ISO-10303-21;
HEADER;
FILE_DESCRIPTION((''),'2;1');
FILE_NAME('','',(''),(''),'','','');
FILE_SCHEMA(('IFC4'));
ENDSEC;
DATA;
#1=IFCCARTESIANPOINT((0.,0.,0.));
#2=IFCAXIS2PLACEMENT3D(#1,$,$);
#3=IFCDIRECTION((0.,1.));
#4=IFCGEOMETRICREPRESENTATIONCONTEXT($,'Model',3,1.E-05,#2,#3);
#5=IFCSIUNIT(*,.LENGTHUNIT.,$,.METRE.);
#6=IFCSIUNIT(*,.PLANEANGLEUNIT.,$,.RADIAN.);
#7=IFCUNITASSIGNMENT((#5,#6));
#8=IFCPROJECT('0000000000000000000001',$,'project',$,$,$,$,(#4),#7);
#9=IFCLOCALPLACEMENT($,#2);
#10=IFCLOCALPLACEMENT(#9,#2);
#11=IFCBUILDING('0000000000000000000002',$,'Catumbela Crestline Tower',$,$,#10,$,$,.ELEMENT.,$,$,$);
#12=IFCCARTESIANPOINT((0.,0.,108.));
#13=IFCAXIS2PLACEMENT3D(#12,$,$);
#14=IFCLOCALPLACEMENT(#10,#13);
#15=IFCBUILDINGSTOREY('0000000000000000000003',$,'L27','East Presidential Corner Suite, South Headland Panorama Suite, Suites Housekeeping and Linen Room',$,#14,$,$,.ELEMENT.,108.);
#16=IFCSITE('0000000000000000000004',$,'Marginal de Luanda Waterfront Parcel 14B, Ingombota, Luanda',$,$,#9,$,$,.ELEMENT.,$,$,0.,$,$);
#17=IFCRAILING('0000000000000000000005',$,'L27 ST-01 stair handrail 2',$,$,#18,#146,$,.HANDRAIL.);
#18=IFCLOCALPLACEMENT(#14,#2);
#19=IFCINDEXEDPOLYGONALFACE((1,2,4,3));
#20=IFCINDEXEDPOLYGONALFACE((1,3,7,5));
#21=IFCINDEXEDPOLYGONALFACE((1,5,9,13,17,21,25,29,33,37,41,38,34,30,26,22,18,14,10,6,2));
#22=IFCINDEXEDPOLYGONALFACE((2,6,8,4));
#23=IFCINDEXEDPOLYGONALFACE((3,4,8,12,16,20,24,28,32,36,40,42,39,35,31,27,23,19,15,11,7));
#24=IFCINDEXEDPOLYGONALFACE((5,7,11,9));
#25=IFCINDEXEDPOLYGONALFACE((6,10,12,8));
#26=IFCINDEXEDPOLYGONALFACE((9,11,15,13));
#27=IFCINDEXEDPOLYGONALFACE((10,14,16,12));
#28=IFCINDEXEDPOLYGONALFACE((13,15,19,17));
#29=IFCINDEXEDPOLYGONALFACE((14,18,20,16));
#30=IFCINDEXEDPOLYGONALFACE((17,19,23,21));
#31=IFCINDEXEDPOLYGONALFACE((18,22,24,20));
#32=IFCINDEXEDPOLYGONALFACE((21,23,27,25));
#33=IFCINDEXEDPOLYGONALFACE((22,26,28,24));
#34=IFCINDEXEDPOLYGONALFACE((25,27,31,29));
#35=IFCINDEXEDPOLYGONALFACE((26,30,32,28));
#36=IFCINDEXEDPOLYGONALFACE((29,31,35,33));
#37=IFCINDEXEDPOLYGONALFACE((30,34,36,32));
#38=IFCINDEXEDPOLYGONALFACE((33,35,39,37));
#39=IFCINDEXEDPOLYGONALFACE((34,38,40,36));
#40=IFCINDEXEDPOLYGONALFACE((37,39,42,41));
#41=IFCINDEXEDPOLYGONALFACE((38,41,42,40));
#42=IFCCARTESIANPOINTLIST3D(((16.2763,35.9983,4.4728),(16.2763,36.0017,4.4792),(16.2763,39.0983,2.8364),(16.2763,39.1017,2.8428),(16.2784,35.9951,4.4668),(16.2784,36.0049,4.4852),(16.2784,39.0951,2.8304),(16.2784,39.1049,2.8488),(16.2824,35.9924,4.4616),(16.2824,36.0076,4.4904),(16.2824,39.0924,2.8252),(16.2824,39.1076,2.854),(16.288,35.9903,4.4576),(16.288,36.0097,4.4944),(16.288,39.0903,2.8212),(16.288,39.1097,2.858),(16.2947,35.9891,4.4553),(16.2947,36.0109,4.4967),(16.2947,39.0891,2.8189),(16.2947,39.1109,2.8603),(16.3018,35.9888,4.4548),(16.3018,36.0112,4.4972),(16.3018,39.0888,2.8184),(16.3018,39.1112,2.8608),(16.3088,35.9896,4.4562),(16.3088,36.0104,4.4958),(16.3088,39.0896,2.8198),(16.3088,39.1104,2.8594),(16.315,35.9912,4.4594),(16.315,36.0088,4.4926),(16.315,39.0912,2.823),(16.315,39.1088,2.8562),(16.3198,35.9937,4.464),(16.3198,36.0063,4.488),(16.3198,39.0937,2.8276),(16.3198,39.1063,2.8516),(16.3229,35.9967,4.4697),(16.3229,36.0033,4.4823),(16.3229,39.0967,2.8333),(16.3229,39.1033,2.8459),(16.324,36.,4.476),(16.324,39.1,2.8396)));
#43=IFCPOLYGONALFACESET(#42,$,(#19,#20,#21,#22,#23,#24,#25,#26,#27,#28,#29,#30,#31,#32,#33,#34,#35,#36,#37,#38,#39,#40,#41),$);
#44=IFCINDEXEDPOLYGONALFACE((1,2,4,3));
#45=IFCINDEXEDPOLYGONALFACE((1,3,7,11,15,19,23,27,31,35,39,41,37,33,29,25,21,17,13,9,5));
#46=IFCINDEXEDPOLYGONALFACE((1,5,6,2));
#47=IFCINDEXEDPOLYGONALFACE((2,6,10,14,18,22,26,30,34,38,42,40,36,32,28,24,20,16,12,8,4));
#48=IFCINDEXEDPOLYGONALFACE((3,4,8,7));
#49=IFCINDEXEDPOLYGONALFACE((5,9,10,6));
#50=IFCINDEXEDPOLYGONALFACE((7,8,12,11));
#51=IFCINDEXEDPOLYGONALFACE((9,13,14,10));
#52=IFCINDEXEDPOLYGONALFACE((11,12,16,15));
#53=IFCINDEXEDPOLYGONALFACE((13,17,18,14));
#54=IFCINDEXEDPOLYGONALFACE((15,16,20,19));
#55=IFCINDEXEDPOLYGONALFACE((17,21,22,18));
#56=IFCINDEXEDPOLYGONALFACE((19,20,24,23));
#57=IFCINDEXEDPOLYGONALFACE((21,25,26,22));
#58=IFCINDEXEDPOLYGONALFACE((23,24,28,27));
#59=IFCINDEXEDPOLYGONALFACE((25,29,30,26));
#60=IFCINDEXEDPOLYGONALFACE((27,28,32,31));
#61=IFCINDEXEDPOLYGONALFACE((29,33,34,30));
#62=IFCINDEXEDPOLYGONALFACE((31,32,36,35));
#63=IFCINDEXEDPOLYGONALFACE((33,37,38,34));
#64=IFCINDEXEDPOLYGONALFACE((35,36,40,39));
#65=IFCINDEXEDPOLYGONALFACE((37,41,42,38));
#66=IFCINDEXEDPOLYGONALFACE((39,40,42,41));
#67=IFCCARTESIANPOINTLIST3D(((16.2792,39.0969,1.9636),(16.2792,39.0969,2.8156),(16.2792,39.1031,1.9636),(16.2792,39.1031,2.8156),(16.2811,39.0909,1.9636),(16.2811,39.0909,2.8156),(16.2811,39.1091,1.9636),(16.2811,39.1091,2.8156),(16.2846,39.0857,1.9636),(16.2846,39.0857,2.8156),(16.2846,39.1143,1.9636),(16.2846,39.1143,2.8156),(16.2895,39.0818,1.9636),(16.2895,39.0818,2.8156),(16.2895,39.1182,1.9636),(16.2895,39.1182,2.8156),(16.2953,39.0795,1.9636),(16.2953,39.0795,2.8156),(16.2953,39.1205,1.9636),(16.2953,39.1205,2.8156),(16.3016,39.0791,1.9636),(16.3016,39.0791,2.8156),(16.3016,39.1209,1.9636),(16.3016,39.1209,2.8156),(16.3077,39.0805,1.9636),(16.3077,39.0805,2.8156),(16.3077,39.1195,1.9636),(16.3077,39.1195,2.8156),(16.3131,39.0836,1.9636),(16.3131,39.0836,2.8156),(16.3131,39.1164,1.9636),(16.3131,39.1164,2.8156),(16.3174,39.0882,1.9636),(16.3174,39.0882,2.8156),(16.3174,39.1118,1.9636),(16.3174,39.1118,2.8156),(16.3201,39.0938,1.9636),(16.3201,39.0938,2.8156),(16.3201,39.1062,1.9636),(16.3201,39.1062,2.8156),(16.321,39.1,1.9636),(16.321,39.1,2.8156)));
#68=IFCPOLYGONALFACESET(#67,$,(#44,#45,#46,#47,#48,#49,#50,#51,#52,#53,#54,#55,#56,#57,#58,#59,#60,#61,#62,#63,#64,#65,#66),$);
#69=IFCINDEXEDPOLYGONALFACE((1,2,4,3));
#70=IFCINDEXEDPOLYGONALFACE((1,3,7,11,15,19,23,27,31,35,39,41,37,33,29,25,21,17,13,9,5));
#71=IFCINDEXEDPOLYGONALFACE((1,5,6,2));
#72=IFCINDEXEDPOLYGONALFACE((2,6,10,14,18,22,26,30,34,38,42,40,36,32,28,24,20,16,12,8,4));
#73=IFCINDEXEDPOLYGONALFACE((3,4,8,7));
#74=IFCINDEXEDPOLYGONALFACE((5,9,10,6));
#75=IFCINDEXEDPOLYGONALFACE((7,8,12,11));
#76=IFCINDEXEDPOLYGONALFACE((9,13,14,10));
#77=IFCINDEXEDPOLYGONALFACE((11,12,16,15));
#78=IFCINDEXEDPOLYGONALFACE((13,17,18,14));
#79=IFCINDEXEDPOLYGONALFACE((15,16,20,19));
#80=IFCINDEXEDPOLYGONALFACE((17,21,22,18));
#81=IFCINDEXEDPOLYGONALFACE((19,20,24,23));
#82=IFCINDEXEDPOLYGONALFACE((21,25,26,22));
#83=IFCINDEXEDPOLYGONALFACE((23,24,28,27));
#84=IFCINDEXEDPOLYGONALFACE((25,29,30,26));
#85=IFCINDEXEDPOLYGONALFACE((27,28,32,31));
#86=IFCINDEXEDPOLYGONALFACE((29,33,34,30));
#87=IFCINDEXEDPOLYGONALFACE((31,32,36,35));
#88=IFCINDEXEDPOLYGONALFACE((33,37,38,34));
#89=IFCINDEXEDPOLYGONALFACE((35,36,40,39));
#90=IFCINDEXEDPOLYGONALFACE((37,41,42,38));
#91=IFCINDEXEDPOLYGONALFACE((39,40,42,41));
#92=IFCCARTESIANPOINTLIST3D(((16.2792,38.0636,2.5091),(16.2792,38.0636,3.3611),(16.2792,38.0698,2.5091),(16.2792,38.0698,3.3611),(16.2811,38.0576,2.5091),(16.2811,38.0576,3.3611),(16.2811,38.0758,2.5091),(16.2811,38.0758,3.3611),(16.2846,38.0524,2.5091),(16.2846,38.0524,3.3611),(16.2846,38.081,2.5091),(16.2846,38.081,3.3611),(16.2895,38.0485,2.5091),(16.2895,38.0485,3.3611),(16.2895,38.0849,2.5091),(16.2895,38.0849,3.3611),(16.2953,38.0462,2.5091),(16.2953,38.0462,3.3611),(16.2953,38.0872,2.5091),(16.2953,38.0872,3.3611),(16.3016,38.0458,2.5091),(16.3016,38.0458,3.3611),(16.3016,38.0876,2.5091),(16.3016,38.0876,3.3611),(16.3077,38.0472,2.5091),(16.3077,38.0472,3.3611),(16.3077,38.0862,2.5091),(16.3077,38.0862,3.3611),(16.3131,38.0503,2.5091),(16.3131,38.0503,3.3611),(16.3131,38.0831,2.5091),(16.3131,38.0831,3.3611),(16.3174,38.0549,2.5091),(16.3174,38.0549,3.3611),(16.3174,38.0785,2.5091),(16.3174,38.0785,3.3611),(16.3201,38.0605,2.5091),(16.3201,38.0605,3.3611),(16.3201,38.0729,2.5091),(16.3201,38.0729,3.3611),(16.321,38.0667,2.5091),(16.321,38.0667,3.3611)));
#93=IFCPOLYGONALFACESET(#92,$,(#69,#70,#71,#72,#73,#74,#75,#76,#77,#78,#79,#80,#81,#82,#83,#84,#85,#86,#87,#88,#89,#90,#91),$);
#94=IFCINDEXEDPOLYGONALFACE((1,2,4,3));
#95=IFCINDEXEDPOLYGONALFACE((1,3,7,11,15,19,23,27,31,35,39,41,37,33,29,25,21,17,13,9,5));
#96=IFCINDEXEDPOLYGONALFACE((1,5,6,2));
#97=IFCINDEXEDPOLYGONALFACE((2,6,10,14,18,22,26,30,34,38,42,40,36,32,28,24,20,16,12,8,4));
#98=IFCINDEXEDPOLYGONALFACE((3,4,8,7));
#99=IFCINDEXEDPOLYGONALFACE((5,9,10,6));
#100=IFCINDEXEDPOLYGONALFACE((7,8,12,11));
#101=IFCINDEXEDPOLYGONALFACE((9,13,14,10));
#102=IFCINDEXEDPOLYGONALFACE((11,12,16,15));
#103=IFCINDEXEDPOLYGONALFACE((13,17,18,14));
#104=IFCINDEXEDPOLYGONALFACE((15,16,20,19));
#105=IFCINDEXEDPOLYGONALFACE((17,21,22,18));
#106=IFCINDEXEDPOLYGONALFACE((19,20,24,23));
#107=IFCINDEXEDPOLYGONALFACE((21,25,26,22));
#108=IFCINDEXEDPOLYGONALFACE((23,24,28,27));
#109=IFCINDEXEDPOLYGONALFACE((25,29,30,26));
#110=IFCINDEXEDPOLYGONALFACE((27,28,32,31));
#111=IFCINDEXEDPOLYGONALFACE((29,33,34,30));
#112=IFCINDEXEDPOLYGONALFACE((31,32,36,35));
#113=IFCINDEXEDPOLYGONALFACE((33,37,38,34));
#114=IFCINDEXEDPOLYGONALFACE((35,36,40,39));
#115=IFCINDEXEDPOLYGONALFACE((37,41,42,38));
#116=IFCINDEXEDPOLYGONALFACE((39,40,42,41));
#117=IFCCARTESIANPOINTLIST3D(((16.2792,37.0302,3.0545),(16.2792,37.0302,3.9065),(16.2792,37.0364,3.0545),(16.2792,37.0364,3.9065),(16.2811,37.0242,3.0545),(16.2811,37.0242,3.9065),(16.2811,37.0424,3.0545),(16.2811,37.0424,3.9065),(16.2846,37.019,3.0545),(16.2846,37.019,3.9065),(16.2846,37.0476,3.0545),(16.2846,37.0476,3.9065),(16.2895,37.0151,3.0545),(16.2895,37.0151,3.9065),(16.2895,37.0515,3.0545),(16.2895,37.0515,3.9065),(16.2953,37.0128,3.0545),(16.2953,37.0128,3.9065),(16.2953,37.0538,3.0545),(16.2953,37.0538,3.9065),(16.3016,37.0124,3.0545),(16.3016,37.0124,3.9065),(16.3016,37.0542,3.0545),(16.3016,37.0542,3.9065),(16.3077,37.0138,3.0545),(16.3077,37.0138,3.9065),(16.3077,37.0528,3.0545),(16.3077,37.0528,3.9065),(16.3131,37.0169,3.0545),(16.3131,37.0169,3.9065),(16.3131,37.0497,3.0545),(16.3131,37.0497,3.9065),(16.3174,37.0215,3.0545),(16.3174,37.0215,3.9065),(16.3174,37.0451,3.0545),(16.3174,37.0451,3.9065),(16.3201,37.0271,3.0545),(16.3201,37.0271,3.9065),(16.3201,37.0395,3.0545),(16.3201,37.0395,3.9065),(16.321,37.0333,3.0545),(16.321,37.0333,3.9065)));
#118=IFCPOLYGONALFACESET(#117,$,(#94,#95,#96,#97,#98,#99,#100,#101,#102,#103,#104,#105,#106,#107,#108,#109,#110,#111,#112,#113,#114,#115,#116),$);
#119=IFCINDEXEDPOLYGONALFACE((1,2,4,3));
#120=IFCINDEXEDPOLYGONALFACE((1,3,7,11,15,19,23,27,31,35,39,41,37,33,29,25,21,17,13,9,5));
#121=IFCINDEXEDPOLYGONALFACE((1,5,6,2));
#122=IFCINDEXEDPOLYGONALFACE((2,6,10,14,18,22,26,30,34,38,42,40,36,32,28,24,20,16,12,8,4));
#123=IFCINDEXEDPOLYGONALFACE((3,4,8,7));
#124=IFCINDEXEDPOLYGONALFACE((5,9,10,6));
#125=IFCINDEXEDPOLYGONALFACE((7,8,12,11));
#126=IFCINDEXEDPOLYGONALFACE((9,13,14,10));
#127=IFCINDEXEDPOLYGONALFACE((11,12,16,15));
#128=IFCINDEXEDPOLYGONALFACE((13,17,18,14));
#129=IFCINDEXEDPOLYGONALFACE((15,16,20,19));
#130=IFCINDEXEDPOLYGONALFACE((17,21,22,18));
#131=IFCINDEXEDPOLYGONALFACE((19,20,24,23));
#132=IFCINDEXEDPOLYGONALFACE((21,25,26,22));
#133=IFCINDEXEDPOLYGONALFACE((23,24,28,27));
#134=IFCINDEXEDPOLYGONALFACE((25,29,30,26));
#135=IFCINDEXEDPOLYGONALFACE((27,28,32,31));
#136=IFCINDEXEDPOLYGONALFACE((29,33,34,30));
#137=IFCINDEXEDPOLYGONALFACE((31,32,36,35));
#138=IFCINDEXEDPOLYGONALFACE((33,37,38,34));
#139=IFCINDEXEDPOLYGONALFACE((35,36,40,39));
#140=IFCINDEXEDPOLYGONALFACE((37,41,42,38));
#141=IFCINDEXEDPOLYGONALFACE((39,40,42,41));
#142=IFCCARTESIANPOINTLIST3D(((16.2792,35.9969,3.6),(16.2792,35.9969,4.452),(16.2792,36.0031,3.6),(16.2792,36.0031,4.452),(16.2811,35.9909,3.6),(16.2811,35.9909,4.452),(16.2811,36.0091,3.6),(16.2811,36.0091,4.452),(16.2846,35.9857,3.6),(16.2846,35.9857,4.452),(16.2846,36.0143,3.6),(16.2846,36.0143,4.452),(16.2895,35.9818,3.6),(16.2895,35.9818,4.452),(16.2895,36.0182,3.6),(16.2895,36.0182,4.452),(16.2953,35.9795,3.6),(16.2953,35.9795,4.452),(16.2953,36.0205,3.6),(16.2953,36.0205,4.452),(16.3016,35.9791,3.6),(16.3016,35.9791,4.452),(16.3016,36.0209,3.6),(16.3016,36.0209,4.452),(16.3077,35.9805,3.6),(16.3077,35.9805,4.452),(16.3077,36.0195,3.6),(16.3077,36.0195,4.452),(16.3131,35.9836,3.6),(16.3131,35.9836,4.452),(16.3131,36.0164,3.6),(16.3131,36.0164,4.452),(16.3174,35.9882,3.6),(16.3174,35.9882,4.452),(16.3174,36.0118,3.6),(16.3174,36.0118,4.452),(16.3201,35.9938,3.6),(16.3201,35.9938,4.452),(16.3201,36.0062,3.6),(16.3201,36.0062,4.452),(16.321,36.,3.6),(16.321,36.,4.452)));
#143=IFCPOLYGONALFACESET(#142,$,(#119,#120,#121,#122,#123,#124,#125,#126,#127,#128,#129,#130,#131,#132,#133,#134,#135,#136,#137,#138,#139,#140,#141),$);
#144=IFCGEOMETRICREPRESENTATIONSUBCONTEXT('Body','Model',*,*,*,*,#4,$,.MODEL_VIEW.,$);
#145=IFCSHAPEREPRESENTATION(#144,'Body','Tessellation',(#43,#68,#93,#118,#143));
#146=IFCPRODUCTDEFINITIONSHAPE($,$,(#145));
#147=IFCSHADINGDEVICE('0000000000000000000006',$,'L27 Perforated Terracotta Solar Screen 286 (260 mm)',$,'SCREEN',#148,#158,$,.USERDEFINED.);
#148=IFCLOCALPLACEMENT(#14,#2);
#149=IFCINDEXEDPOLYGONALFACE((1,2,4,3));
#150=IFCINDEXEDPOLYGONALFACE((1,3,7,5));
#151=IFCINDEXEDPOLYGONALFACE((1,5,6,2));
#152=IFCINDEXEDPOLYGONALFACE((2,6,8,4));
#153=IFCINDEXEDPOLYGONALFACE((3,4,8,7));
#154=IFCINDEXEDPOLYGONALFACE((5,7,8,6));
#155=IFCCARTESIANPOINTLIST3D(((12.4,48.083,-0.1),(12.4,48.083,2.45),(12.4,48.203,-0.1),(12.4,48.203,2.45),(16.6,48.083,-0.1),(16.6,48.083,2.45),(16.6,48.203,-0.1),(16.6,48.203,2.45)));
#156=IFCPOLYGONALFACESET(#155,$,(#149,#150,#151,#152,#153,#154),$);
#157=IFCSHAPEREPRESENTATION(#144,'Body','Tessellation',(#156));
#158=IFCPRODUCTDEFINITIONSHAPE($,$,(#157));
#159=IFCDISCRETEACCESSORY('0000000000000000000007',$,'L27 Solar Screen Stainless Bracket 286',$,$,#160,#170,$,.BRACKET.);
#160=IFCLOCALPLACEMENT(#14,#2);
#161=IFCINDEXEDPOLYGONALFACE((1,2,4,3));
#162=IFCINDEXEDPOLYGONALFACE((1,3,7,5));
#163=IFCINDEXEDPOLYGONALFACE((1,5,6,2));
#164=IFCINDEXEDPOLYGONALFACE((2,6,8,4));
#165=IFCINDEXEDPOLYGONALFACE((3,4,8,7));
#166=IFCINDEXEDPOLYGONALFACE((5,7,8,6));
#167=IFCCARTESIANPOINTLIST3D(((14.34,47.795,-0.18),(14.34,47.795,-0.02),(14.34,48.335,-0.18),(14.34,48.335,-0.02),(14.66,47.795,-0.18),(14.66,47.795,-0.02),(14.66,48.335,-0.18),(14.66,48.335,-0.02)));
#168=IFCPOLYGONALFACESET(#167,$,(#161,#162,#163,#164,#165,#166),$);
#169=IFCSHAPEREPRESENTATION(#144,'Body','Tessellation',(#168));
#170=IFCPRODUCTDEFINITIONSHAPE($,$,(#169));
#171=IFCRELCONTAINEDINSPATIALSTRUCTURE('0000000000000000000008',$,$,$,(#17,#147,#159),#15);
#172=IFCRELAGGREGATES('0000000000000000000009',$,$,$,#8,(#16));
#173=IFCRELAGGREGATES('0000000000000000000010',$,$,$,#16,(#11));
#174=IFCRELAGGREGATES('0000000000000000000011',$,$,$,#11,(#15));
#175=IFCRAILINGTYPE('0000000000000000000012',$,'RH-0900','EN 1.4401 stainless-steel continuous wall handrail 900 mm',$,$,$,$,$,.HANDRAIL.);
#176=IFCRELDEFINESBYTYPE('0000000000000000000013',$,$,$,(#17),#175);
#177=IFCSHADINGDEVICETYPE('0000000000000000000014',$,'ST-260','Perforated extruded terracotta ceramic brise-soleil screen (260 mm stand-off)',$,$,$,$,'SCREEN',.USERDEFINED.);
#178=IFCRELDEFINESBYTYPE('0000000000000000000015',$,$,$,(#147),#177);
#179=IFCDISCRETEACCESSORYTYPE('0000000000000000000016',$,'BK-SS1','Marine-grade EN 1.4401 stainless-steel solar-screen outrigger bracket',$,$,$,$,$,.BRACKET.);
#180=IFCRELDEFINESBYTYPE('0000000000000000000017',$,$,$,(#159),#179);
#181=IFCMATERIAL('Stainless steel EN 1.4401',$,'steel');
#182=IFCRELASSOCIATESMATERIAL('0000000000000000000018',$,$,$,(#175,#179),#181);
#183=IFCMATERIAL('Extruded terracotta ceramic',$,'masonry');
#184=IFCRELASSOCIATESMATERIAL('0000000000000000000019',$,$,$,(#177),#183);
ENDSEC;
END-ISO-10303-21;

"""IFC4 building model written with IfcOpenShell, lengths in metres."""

from ifc_helpers import new_model, si_unit, direction, frame, origin, origin_2d, place, context, subcontext, project, spatial, rectangle, circle, extrude, material, type_object, element, save


model = new_model("IFC4")

# Units and contexts
model_context = context("Model", 3, precision=1e-05, world=origin(), true_north=direction((0.0, 1.0)))
body_context = subcontext(model_context, "Body", "Model", "MODEL_VIEW")
ifc_project = project(units=[si_unit("LENGTHUNIT", "METRE"), si_unit("PLANEANGLEUNIT", "RADIAN")], contexts=[model_context])

# Site, building, storey
site_placement = place(None, origin())
site = spatial("IfcSite", under=ifc_project, at=site_placement, Name="Marginal de Luanda Waterfront Parcel 14B, Ingombota, Luanda", CompositionType="ELEMENT", RefElevation=0.0)
building_placement = place(site_placement, origin())
building = spatial("IfcBuilding", under=site, at=building_placement, Name="Catumbela Crestline Tower", CompositionType="ELEMENT")
storey_placement = place(building_placement, frame((0.0, 0.0, 108.0)))
storey = spatial("IfcBuildingStorey", under=building, at=storey_placement, Name="L27", Description="East Presidential Corner Suite, South Headland Panorama Suite, Suites Housekeeping and Linen Room", CompositionType="ELEMENT", Elevation=108.0)

# Railing
ifc_material_1 = material(Name="Stainless steel EN 1.4401", Category="steel")
railing_type_1 = type_object("IfcRailingType", Name="RH-0900", Description="EN 1.4401 stainless-steel continuous wall handrail 900 mm", PredefinedType="HANDRAIL", material=ifc_material_1)
railing_1_placement = place(storey_placement, frame((16.3, 39.1, 1.9636)))
element("IfcRailing", 1, at=railing_1_placement, inside=storey, type_object=railing_type_1, Name="L27 ST-01 stair handrail 2", PredefinedType="HANDRAIL", context=body_context, shape_type="SweptSolid", body=[
    extrude(circle(Radius=0.024, at=origin_2d()), frame((0.0, 0.0, 0.876), z_axis=(0.0, -0.884351, 0.466823), x_axis=(1.0, 0.0, 0.0)), (0.0, 0.0, 1.0), 3.5054),
    extrude(circle(Radius=0.021, at=origin_2d()), origin(), (0.0, 0.0, 1.0), 0.852),
    extrude(circle(Radius=0.021, at=origin_2d()), frame((0.0, -1.0333, 0.5455)), (0.0, 0.0, 1.0), 0.852),
    extrude(circle(Radius=0.021, at=origin_2d()), frame((0.0, -2.0667, 1.0909)), (0.0, 0.0, 1.0), 0.852),
    extrude(circle(Radius=0.021, at=origin_2d()), frame((0.0, -3.1, 1.6364)), (0.0, 0.0, 1.0), 0.852),
])

# Shading device
ifc_material_2 = material(Name="Extruded terracotta ceramic", Category="masonry")
shading_device_type = type_object("IfcShadingDeviceType", Name="ST-260", Description="Perforated extruded terracotta ceramic brise-soleil screen (260 mm stand-off)", ElementType="SCREEN", PredefinedType="USERDEFINED", material=ifc_material_2)
shading_device_placement = place(storey_placement, frame((14.5, 48.143, -0.1), z_axis=(0.0, 0.0, 1.0), x_axis=(-1.0, 0.0, 0.0)))
element("IfcShadingDevice", 2, at=shading_device_placement, inside=storey, type_object=shading_device_type, Name="L27 Perforated Terracotta Solar Screen 286 (260 mm)", ObjectType="SCREEN", PredefinedType="USERDEFINED", context=body_context, shape_type="SweptSolid", body=[
    extrude(rectangle(XDim=4.2, YDim=0.12, at=origin_2d()), origin(), (0.0, 0.0, 1.0), 2.55),
])

# Discrete accessory
discrete_accessory_type = type_object("IfcDiscreteAccessoryType", Name="BK-SS1", Description="Marine-grade EN 1.4401 stainless-steel solar-screen outrigger bracket", PredefinedType="BRACKET", material=ifc_material_1)
discrete_accessory_placement = place(storey_placement, frame((14.5, 48.065, -0.18), z_axis=(0.0, 0.0, 1.0), x_axis=(-1.0, 0.0, 0.0)))
element("IfcDiscreteAccessory", 3, at=discrete_accessory_placement, inside=storey, type_object=discrete_accessory_type, Name="L27 Solar Screen Stainless Bracket 286", PredefinedType="BRACKET", context=body_context, shape_type="SweptSolid", body=[
    extrude(rectangle(XDim=0.32, YDim=0.54, at=origin_2d()), origin(), (0.0, 0.0, 1.0), 0.16),
])

save(model, "model.ifc")
